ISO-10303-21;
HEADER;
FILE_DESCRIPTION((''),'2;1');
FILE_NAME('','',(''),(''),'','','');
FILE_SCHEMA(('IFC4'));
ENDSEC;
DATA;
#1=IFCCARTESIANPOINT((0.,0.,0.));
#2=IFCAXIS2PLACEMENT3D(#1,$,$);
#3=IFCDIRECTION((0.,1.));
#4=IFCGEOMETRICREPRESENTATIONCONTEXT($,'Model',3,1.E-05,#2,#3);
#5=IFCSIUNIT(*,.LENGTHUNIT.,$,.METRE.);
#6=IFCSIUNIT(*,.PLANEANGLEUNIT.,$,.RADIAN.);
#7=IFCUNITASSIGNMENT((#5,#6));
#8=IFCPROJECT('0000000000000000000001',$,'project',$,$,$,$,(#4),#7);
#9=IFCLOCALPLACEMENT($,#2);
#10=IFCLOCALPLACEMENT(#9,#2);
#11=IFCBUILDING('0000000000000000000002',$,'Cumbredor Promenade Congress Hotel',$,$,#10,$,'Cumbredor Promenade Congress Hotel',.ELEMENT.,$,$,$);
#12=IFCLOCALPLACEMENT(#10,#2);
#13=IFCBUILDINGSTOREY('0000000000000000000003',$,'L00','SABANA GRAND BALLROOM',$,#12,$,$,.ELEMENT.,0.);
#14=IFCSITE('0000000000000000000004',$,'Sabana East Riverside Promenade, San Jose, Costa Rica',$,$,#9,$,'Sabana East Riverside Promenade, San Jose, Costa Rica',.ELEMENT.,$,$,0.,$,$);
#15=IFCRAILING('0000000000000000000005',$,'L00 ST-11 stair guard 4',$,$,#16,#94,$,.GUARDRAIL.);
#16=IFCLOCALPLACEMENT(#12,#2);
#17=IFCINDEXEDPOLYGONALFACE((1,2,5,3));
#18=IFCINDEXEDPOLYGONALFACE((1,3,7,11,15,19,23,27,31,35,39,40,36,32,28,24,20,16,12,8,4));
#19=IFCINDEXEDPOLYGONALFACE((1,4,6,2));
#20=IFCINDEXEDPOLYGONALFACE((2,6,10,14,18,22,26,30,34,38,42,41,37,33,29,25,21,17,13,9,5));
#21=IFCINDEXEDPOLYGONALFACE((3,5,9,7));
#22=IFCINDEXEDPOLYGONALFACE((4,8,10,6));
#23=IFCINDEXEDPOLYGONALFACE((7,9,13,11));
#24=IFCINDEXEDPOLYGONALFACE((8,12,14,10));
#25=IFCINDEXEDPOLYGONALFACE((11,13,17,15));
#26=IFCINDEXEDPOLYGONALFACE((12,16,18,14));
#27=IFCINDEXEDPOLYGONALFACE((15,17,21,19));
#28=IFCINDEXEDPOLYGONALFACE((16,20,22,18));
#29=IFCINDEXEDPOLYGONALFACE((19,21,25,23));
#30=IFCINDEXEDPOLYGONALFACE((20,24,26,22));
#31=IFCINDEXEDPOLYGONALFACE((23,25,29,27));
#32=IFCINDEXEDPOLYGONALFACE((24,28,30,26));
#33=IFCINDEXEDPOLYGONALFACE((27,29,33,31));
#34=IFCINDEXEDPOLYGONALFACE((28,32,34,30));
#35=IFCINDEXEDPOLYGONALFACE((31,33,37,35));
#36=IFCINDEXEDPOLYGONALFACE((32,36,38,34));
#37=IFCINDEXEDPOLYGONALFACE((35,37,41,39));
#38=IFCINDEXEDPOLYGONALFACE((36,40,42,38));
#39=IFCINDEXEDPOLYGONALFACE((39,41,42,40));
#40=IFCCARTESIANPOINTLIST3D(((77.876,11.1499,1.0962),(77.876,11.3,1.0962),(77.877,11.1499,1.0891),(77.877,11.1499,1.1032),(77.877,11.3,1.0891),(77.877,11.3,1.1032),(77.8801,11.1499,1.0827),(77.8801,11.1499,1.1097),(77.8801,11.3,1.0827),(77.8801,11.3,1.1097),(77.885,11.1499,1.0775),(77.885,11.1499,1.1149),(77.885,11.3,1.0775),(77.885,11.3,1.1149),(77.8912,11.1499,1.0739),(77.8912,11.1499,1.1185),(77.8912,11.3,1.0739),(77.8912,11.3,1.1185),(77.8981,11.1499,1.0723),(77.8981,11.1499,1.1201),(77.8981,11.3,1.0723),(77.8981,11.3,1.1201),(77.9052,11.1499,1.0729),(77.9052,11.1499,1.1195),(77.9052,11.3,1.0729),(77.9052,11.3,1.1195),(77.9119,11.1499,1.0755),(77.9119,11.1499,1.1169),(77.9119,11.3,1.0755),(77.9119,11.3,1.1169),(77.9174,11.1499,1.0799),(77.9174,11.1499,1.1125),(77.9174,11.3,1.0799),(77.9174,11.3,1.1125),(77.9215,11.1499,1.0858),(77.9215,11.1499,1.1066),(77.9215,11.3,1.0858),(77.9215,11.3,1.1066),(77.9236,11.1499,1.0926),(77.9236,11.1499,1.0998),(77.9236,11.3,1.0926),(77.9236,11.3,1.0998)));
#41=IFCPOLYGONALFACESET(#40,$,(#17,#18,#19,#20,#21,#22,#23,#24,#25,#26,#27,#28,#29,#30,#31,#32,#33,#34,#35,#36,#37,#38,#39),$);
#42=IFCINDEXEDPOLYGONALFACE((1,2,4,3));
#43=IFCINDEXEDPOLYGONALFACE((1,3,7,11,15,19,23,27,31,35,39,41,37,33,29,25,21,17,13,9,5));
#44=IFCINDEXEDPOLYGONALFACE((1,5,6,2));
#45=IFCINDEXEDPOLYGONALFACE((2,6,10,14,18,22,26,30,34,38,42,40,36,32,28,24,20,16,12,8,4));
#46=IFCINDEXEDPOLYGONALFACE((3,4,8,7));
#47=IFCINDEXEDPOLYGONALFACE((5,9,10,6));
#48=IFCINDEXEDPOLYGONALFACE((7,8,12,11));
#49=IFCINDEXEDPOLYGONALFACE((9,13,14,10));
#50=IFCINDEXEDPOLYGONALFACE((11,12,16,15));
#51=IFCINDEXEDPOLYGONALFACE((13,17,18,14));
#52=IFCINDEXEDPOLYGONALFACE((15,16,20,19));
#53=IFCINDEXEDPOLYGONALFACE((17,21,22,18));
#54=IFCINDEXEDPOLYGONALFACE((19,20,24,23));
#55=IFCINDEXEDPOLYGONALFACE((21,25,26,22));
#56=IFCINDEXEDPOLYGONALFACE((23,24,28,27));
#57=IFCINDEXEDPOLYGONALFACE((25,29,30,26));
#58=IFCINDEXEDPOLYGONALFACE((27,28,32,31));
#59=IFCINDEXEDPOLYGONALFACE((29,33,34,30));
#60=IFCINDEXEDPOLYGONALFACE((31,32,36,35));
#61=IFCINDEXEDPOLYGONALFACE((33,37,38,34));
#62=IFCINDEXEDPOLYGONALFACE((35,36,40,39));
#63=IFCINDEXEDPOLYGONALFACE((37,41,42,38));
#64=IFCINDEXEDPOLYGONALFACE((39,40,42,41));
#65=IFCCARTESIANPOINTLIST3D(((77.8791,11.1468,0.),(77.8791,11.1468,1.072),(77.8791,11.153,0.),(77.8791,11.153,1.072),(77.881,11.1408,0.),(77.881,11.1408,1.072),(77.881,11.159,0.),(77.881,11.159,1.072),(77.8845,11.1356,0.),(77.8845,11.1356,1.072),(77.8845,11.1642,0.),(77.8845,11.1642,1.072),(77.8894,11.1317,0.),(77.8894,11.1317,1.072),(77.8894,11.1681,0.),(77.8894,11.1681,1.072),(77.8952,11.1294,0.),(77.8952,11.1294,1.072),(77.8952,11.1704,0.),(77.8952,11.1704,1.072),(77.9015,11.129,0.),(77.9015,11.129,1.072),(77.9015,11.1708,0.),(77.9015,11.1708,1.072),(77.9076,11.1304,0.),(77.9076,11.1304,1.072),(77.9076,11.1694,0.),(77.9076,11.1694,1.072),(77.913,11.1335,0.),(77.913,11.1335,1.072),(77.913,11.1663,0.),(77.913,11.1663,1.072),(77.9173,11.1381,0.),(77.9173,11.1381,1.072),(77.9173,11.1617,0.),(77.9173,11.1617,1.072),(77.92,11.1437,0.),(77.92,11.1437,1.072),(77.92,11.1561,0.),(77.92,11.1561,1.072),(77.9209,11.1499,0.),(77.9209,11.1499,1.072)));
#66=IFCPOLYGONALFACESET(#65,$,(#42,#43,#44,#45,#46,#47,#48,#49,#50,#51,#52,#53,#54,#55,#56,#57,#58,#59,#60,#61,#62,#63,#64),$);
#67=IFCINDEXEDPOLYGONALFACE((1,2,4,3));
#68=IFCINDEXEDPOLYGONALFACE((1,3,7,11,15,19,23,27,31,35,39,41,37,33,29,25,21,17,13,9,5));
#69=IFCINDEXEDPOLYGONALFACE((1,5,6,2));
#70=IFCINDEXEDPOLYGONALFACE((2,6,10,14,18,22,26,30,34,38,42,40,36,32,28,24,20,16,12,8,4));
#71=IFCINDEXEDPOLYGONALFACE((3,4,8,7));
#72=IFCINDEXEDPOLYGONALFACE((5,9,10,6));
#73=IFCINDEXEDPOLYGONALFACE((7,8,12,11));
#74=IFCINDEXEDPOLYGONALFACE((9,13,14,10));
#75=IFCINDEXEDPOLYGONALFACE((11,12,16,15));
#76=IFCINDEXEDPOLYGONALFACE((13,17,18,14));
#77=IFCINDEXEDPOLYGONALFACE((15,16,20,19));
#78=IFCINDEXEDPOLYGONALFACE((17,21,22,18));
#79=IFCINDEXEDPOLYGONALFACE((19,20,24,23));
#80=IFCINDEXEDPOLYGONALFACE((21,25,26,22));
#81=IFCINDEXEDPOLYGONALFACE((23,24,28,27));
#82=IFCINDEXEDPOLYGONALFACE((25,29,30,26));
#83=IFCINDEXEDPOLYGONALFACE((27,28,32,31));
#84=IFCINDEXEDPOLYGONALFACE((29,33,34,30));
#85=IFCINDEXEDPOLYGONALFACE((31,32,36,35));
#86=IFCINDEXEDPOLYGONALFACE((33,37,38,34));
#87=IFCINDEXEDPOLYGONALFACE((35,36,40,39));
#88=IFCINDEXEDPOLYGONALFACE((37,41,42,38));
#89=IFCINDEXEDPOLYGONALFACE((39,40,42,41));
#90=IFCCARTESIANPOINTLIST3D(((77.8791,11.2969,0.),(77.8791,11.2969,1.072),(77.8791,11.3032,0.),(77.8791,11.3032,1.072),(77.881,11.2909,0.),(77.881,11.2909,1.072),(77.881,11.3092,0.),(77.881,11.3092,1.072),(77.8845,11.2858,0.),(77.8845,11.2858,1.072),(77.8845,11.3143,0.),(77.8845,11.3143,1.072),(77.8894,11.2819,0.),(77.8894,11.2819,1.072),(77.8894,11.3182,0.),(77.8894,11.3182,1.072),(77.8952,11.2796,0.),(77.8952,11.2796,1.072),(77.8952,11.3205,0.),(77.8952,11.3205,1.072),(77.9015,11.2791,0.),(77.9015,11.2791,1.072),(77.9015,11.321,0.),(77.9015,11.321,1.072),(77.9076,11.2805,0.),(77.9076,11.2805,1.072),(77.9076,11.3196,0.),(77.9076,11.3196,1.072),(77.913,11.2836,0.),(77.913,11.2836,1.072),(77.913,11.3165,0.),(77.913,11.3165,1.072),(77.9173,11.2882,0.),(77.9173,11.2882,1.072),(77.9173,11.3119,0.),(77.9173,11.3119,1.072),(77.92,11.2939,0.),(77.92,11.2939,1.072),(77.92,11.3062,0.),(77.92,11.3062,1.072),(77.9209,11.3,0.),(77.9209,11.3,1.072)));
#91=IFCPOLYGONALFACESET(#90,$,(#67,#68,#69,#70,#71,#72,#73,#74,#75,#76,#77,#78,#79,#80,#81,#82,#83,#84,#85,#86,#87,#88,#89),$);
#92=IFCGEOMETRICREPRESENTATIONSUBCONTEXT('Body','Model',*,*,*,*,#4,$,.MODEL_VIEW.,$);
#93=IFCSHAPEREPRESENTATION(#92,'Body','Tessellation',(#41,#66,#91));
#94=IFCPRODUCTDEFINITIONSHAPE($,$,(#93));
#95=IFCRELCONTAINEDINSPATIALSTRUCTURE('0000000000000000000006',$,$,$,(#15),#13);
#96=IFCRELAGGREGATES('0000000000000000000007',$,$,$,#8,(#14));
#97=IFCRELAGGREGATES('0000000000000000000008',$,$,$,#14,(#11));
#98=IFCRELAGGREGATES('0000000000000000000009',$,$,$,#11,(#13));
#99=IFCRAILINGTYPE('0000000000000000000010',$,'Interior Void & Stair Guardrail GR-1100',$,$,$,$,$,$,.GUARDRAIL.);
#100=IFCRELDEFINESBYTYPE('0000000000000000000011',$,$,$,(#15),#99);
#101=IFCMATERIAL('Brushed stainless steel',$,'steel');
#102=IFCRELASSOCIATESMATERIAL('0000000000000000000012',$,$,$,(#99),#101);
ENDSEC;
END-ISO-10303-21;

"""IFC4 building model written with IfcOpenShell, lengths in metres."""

from ifc_helpers import new_model, si_unit, direction, frame, origin, origin_2d, place, context, subcontext, project, spatial, circle, extrude, material, type_object, element, save


model = new_model("IFC4")

# Units and contexts
model_context = context("Model", 3, precision=1e-05, world=origin(), true_north=direction((0.0, 1.0)))
body_context = subcontext(model_context, "Body", "Model", "MODEL_VIEW")
ifc_project = project(units=[si_unit("LENGTHUNIT", "METRE"), si_unit("PLANEANGLEUNIT", "RADIAN")], contexts=[model_context])

# Site, building, storey
site_placement = place(None, origin())
site = spatial("IfcSite", under=ifc_project, at=site_placement, Name="Sabana East Riverside Promenade, San Jose, Costa Rica", LongName="Sabana East Riverside Promenade, San Jose, Costa Rica", CompositionType="ELEMENT", RefElevation=0.0)
building_placement = place(site_placement, origin())
building = spatial("IfcBuilding", under=site, at=building_placement, Name="Cumbredor Promenade Congress Hotel", LongName="Cumbredor Promenade Congress Hotel", CompositionType="ELEMENT")
storey_placement = place(building_placement, origin())
storey = spatial("IfcBuildingStorey", under=building, at=storey_placement, Name="L00", Description="SABANA GRAND BALLROOM", CompositionType="ELEMENT", Elevation=0.0)

# Shared definitions
ifc_material_1 = material(Name="Brushed stainless steel", Category="steel")

# Railing
railing_type_1 = type_object("IfcRailingType", Name="Interior Void & Stair Guardrail GR-1100", PredefinedType="GUARDRAIL", material=ifc_material_1)
railing_1_placement = place(storey_placement, frame((77.8999, 11.1499, 0.0)))
element("IfcRailing", 1, at=railing_1_placement, inside=storey, type_object=railing_type_1, Name="L00 ST-11 stair guard 4", PredefinedType="GUARDRAIL", context=body_context, shape_type="SweptSolid", body=[
    extrude(circle(Radius=0.0239, at=origin_2d()), frame((0.0, 0.0, 1.0962), z_axis=(0.0, 1.0, 0.0), x_axis=(-1.0, 0.0, 0.0)), (0.0, 0.0, 1.0), 0.1501),
    extrude(circle(Radius=0.021, at=origin_2d()), origin(), (0.0, 0.0, 1.0), 1.072),
    extrude(circle(Radius=0.021, at=origin_2d()), frame((0.0, 0.1501, 0.0)), (0.0, 0.0, 1.0), 1.072),
])

save(model, "model.ifc")
